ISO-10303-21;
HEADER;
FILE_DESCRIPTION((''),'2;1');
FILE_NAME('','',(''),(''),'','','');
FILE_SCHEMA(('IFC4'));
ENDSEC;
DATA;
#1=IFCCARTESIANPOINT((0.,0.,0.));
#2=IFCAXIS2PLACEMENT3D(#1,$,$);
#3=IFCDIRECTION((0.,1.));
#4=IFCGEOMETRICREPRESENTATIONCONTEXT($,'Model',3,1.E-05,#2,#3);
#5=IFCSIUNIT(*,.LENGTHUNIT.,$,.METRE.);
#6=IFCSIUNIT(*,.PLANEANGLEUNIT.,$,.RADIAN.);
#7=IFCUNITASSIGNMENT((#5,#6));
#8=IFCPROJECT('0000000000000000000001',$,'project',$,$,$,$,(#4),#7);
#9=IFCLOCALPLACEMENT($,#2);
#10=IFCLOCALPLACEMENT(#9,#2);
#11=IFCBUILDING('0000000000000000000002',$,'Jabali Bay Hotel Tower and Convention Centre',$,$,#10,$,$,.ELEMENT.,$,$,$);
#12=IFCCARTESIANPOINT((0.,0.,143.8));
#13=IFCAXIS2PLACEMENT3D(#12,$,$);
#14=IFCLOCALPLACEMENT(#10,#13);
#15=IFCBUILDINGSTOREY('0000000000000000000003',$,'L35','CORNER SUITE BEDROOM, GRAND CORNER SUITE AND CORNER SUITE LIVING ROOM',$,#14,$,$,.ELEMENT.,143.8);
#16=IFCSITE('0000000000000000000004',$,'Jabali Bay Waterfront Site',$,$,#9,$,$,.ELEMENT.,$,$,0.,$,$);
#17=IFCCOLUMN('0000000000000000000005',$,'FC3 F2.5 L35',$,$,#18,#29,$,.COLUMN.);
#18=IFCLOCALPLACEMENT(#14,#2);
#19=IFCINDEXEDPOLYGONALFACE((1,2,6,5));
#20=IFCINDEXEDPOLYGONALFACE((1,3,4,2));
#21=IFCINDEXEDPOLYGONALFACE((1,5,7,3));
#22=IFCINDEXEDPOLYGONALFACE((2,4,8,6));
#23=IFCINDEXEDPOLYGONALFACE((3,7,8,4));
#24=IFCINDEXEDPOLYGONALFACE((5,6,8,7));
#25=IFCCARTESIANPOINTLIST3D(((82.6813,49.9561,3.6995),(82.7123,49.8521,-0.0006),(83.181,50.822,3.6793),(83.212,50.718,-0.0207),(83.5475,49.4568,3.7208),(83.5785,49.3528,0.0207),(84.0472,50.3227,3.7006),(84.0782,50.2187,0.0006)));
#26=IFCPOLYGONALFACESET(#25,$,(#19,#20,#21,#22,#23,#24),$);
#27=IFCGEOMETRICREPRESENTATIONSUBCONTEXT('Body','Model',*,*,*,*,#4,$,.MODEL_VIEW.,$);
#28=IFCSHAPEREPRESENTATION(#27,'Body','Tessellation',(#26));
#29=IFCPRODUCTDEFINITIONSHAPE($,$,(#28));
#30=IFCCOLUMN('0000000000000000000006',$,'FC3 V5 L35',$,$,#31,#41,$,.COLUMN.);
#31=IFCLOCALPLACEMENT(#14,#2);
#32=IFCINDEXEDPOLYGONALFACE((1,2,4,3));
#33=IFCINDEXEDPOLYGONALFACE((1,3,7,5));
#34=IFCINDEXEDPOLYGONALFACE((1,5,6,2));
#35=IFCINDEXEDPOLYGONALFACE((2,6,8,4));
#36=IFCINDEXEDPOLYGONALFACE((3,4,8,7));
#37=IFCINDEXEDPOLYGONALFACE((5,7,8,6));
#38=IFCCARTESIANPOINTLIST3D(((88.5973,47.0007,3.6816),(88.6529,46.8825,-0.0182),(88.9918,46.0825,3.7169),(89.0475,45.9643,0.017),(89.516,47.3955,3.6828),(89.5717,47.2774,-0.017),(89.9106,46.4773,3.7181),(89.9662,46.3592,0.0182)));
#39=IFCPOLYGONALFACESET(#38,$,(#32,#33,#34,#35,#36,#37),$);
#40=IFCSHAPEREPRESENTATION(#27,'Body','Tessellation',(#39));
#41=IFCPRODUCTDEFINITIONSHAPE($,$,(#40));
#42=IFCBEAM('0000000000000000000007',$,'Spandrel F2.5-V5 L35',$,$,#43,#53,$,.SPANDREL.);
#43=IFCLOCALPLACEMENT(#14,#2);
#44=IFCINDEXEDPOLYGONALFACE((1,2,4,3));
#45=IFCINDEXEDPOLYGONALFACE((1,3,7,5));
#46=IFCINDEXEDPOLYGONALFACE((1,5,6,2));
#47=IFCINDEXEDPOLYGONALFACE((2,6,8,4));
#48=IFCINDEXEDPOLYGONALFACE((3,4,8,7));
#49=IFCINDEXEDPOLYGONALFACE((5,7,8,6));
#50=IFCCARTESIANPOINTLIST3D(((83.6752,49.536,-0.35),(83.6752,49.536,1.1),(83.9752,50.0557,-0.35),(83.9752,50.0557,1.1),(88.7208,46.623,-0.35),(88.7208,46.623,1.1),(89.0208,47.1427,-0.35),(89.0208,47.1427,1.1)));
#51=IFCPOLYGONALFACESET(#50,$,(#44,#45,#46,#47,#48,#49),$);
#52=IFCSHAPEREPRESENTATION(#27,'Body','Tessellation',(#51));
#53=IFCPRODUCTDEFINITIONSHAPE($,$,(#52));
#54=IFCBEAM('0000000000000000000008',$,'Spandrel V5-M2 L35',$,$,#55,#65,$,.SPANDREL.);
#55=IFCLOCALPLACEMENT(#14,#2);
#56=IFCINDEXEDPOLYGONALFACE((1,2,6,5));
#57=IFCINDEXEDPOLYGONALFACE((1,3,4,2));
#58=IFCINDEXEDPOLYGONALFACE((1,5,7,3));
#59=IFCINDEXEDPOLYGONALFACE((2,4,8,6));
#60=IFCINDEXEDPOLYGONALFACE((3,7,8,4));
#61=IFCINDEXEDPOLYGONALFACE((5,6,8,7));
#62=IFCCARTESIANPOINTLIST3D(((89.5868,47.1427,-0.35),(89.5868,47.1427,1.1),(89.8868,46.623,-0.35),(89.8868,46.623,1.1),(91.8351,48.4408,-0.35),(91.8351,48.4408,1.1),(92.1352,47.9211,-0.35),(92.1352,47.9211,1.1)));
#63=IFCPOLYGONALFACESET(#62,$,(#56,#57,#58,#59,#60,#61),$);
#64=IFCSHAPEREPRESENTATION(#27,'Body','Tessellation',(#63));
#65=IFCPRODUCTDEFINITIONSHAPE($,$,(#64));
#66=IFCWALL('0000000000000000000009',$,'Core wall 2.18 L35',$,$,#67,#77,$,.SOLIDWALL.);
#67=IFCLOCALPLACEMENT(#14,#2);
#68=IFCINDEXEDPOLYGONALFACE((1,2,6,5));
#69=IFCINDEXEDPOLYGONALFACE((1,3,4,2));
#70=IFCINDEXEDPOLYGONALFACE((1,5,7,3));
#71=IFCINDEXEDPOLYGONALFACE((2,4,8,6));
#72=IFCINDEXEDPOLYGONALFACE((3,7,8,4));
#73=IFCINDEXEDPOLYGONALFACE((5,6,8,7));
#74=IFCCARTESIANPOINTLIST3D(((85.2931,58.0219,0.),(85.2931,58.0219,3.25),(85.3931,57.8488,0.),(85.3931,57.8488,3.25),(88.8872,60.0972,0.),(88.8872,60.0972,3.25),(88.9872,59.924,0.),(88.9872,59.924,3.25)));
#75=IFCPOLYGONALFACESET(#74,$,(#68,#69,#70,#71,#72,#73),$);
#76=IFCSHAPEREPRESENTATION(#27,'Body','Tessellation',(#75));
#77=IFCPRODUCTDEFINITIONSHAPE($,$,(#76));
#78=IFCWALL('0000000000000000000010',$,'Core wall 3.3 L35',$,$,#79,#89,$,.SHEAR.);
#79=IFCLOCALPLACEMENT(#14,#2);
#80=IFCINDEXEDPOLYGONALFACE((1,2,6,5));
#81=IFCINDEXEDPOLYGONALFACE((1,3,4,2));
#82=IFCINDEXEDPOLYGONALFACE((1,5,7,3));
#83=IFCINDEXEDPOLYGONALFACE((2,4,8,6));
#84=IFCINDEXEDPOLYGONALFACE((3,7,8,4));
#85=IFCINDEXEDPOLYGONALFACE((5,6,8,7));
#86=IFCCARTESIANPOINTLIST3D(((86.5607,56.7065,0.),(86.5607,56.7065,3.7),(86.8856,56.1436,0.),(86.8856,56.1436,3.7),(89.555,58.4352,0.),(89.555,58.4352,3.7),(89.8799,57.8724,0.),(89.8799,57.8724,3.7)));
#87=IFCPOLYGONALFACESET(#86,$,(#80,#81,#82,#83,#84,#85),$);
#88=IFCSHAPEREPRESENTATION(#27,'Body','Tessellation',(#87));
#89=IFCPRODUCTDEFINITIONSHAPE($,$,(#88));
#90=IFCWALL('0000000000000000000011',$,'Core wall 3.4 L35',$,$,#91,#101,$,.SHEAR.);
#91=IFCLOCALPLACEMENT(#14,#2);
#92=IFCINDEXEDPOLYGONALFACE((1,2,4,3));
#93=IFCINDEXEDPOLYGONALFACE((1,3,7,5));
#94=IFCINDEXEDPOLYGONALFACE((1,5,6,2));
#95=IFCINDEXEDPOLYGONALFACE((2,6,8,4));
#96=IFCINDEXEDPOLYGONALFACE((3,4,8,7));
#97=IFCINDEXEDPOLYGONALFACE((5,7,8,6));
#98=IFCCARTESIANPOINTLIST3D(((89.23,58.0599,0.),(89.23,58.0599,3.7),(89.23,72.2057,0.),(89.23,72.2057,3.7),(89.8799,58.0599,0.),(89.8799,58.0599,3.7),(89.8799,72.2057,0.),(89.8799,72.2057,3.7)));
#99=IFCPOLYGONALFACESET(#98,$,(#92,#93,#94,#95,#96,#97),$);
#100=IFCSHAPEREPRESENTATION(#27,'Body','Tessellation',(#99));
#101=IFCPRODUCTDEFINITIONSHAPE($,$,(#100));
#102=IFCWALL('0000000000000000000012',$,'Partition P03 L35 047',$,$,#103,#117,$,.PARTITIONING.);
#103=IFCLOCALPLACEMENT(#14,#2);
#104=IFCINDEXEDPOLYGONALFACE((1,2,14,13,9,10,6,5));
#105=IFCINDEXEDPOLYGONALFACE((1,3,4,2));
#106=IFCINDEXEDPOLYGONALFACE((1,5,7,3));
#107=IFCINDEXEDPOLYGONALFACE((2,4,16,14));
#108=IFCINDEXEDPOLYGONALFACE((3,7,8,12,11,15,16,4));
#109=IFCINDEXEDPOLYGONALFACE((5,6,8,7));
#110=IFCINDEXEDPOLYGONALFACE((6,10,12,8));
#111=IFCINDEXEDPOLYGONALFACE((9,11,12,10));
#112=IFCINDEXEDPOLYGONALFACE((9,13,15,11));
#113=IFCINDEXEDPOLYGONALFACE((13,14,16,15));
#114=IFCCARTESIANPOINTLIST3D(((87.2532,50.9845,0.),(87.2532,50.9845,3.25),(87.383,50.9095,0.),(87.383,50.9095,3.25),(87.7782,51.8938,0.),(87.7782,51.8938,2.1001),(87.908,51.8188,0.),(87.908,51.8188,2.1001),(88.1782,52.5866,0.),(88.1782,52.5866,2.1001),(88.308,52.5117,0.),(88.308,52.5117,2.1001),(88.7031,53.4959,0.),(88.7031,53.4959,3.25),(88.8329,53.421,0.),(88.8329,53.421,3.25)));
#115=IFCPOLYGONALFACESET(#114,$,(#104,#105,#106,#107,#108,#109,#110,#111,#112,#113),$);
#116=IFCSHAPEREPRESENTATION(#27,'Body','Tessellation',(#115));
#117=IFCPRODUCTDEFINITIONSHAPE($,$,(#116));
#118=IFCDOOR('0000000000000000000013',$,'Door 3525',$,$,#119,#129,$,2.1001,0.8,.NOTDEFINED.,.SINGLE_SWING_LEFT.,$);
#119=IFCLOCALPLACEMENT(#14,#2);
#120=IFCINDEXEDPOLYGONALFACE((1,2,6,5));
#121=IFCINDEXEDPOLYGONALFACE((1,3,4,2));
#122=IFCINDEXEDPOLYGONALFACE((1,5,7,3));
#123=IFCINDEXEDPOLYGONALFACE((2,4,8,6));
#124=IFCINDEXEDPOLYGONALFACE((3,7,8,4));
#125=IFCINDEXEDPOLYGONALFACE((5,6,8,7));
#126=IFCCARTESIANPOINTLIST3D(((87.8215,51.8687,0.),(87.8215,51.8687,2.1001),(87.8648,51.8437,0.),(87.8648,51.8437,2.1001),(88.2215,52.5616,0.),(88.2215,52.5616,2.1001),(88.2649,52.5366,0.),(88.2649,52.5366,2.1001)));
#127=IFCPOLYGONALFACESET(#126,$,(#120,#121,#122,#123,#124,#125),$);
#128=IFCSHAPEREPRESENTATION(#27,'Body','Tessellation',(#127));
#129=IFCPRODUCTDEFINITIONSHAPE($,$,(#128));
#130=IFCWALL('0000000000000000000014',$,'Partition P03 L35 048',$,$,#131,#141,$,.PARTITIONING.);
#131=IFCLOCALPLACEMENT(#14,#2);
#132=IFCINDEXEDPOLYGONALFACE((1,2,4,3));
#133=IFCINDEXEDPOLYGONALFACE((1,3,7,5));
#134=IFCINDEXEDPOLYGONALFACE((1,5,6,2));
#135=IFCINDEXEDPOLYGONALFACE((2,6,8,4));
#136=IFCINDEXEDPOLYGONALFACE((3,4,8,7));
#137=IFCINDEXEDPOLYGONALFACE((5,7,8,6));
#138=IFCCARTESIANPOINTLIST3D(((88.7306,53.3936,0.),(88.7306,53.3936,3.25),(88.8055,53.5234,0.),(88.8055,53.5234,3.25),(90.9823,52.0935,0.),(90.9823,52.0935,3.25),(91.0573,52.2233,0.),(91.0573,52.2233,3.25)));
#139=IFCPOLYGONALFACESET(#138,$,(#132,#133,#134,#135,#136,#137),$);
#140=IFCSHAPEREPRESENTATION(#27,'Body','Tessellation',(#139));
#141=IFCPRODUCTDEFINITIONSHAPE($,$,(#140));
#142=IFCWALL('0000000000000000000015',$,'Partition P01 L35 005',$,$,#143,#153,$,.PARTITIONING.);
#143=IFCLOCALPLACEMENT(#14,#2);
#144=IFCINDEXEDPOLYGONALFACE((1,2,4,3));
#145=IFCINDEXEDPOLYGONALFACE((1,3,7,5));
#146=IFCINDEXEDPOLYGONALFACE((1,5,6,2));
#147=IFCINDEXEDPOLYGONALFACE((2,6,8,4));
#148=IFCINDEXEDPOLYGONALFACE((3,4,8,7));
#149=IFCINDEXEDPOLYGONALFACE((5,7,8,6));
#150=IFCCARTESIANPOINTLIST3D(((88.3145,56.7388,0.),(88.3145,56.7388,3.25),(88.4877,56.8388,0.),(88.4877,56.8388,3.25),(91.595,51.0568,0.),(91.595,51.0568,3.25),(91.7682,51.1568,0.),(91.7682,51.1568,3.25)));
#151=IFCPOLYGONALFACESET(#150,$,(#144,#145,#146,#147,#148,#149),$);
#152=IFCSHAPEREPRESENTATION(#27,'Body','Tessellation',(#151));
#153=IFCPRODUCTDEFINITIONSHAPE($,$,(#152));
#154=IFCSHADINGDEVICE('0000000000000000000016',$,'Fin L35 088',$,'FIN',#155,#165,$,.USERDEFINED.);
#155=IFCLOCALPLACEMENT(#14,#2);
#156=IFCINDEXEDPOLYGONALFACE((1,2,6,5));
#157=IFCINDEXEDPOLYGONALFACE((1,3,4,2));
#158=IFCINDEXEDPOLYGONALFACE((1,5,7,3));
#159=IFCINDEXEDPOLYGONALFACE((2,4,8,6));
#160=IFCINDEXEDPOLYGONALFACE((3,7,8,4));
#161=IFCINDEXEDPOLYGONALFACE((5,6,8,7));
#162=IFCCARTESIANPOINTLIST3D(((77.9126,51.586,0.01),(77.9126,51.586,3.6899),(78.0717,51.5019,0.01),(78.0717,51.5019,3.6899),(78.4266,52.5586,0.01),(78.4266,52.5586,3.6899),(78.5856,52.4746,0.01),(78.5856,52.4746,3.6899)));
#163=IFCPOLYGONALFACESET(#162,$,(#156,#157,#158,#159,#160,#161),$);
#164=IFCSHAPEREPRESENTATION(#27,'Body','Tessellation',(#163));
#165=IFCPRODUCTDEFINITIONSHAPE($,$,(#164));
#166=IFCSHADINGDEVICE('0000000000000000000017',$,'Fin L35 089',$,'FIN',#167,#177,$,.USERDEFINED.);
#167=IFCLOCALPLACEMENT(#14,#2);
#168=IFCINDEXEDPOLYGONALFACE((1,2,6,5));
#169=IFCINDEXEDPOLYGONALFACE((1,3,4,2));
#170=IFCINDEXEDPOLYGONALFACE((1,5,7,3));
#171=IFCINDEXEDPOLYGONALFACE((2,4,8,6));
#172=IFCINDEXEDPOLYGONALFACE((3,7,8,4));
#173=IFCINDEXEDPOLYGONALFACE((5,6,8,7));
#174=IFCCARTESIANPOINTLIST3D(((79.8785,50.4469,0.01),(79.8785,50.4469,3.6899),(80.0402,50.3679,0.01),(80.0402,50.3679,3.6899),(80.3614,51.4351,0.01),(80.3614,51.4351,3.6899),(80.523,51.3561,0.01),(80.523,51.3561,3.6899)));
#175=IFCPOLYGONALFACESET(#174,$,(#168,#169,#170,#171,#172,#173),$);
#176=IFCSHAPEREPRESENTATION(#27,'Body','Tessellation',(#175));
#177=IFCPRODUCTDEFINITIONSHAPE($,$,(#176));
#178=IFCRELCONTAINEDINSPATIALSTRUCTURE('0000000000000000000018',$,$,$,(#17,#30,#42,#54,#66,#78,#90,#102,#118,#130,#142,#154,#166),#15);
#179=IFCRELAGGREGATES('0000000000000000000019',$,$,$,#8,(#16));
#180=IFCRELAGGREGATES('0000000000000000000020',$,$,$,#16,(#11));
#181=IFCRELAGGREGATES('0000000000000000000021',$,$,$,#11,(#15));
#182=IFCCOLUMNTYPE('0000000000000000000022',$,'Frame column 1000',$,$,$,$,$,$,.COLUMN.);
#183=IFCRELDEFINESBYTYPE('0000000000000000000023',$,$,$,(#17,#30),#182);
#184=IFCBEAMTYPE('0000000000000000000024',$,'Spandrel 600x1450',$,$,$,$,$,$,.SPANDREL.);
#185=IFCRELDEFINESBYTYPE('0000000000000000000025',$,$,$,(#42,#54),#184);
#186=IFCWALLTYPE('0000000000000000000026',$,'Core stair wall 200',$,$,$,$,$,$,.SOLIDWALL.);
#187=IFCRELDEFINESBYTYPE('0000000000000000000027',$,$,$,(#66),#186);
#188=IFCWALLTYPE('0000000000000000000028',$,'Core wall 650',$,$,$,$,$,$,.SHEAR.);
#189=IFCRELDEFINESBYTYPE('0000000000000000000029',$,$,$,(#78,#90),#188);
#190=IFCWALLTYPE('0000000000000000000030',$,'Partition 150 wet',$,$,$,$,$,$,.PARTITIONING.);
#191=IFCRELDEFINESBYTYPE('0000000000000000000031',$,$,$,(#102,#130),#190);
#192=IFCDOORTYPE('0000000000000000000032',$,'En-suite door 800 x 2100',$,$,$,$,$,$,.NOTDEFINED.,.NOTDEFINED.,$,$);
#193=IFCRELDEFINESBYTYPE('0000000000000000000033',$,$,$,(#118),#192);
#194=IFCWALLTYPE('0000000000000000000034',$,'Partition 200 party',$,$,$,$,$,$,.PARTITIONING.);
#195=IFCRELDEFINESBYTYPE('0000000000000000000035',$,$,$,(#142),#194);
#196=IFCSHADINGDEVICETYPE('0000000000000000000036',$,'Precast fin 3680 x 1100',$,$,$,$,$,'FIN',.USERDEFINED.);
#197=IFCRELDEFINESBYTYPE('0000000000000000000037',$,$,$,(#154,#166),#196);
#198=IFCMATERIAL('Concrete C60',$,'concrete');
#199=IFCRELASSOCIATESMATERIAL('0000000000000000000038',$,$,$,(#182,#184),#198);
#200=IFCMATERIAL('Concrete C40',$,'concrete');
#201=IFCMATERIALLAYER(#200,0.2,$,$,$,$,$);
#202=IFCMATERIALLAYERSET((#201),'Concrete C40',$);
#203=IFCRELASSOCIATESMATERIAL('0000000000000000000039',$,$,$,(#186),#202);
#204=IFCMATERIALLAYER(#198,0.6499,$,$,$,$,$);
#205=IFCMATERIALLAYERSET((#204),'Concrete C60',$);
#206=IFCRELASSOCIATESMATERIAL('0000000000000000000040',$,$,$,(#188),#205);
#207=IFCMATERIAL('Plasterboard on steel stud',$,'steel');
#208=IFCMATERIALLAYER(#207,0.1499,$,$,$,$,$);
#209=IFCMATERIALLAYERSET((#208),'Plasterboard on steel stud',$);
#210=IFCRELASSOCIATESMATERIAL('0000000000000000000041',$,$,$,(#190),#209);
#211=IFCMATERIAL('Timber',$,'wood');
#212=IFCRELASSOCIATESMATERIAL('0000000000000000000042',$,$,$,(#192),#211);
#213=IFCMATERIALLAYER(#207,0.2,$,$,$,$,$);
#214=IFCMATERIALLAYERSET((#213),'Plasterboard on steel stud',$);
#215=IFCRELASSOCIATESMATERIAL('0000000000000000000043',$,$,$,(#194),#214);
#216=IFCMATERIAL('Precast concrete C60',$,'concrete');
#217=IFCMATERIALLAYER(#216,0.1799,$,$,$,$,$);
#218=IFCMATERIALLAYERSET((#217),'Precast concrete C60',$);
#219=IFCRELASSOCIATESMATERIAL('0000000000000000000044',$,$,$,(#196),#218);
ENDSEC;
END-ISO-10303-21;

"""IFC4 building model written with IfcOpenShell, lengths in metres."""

from ifc_helpers import new_model, si_unit, direction, frame, frame_2d, origin, origin_2d, place, context, subcontext, project, spatial, rectangle, extrude, material, layer, layer_set, material_profile, profile_set, type_object, element, fill, save


model = new_model("IFC4")

# Units and contexts
model_context = context("Model", 3, precision=1e-05, world=origin(), true_north=direction((0.0, 1.0)))
body_context = subcontext(model_context, "Body", "Model", "MODEL_VIEW")
ifc_project = project(units=[si_unit("LENGTHUNIT", "METRE"), si_unit("PLANEANGLEUNIT", "RADIAN")], contexts=[model_context])

# Site, building, storey
site_placement = place(None, origin())
site = spatial("IfcSite", under=ifc_project, at=site_placement, Name="Jabali Bay Waterfront Site", CompositionType="ELEMENT", RefElevation=0.0)
building_placement = place(site_placement, origin())
building = spatial("IfcBuilding", under=site, at=building_placement, Name="Jabali Bay Hotel Tower and Convention Centre", CompositionType="ELEMENT")
storey_placement = place(building_placement, frame((0.0, 0.0, 143.8)))
storey = spatial("IfcBuildingStorey", under=building, at=storey_placement, Name="L35", Description="CORNER SUITE BEDROOM, GRAND CORNER SUITE AND CORNER SUITE LIVING ROOM", CompositionType="ELEMENT", Elevation=143.8)

# Columns
ifc_material_1 = material(Name="Concrete C60", Category="concrete")
ifc_material_profile_1 = material_profile(ifc_material_1, rectangle(XDim=1.0, YDim=1.0, at=origin_2d()), Name="Frame column 1000")
ifc_profile_set_1 = profile_set([ifc_material_profile_1], Name="Concrete C60")
column_type = type_object("IfcColumnType", Name="Frame column 1000", PredefinedType="COLUMN", material=ifc_profile_set_1)
column_1_placement = place(storey_placement, frame((83.3953, 50.0354, 0.0), z_axis=(-0.008376, 0.028097, 0.99957), x_axis=(-0.499684, -0.865973, 0.020155)))
element("IfcColumn", 1, at=column_1_placement, inside=storey, type_object=column_type, Name="FC3 F2.5 L35", PredefinedType="COLUMN", context=body_context, shape_type="SweptSolid", body=[
    extrude(rectangle(XDim=1.0, YDim=1.0, at=origin_2d()), origin(), (0.0, 0.0, 1.0), 3.7017),
])
column_2_placement = place(storey_placement, frame((89.3096, 46.6208, 0.0), z_axis=(-0.015035, 0.031917, 0.999377), x_axis=(0.394544, -0.9182, 0.03526)))
element("IfcColumn", 2, at=column_2_placement, inside=storey, type_object=column_type, Name="FC3 V5 L35", PredefinedType="COLUMN", context=body_context, shape_type="SweptSolid", body=[
    extrude(rectangle(XDim=1.0, YDim=1.0, at=origin_2d()), origin(), (0.0, 0.0, 1.0), 3.7021),
])

# Beams
ifc_material_profile_2 = material_profile(ifc_material_1, rectangle(XDim=0.6001, YDim=1.45, at=origin_2d()), Name="Spandrel 600x1450")
ifc_profile_set_2 = profile_set([ifc_material_profile_2], Name="Concrete C60")
beam_type = type_object("IfcBeamType", Name="Spandrel 600x1450", PredefinedType="SPANDREL", material=ifc_profile_set_2)
beam_1_placement = place(storey_placement, frame((83.8252, 49.7959, 0.375), z_axis=(0.866027, -0.499997, 0.0), x_axis=(0.499997, 0.866027, 0.0)))
element("IfcBeam", 3, at=beam_1_placement, inside=storey, type_object=beam_type, Name="Spandrel F2.5-V5 L35", PredefinedType="SPANDREL", context=body_context, shape_type="SweptSolid", body=[
    extrude(rectangle(XDim=0.6001, YDim=1.45, at=origin_2d()), origin(), (0.0, 0.0, 1.0), 5.8262),
])
beam_2_placement = place(storey_placement, frame((89.7368, 46.8828, 0.375), z_axis=(0.866018, 0.500013, 0.0), x_axis=(-0.500013, 0.866018, 0.0)))
element("IfcBeam", 4, at=beam_2_placement, inside=storey, type_object=beam_type, Name="Spandrel V5-M2 L35", PredefinedType="SPANDREL", context=body_context, shape_type="SweptSolid", body=[
    extrude(rectangle(XDim=0.6001, YDim=1.45, at=origin_2d()), origin(), (0.0, 0.0, 1.0), 2.5962),
])

# Walls
ifc_material_2 = material(Name="Concrete C40", Category="concrete")
ifc_layer_1 = layer(ifc_material_2, 0.2)
ifc_layer_set_1 = layer_set([ifc_layer_1], Name="Concrete C40")
wall_type_1 = type_object("IfcWallType", Name="Core stair wall 200", PredefinedType="SOLIDWALL", material=ifc_layer_set_1)
wall_1_placement = place(storey_placement, frame((85.343, 57.9353, 0.0), z_axis=(0.0, 0.0, 1.0), x_axis=(0.866004, 0.500036, 0.0)))
element("IfcWall", 5, at=wall_1_placement, inside=storey, type_object=wall_type_1, Name="Core wall 2.18 L35", PredefinedType="SOLIDWALL", context=body_context, shape_type="SweptSolid", body=[
    extrude(rectangle(XDim=4.1501, YDim=0.2, at=frame_2d((2.0752, 0.0))), origin(), (0.0, 0.0, 1.0), 3.25),
])
ifc_layer_2 = layer(ifc_material_1, 0.6499)
ifc_layer_set_2 = layer_set([ifc_layer_2], Name="Concrete C60")
wall_type_2 = type_object("IfcWallType", Name="Core wall 650", PredefinedType="SHEAR", material=ifc_layer_set_2)
wall_2_placement = place(storey_placement, frame((86.7231, 56.425, 0.0), z_axis=(0.0, 0.0, 1.0), x_axis=(0.866032, 0.499989, 0.0)))
element("IfcWall", 6, at=wall_2_placement, inside=storey, type_object=wall_type_2, Name="Core wall 3.3 L35", PredefinedType="SHEAR", context=body_context, shape_type="SweptSolid", body=[
    extrude(rectangle(XDim=3.4575, YDim=0.6499, at=frame_2d((1.7288, 0.0))), origin(), (0.0, 0.0, 1.0), 3.7),
])
wall_3_placement = place(storey_placement, frame((89.5549, 58.0601, 0.0), z_axis=(0.0, 0.0, 1.0), x_axis=(0.0, 1.0, 0.0)))
element("IfcWall", 7, at=wall_3_placement, inside=storey, type_object=wall_type_2, Name="Core wall 3.4 L35", PredefinedType="SHEAR", context=body_context, shape_type="SweptSolid", body=[
    extrude(rectangle(XDim=14.1458, YDim=0.6499, at=frame_2d((7.0728, 0.0))), origin(), (0.0, 0.0, 1.0), 3.7),
])

# Wall, opening, door
ifc_material_3 = material(Name="Plasterboard on steel stud", Category="steel")
ifc_layer_3 = layer(ifc_material_3, 0.1499)
ifc_layer_set_3 = layer_set([ifc_layer_3], Name="Plasterboard on steel stud")
wall_type_3 = type_object("IfcWallType", Name="Partition 150 wet", PredefinedType="PARTITIONING", material=ifc_layer_set_3)
wall_4_placement = place(storey_placement, frame((87.3181, 50.947, 0.0), z_axis=(0.0, 0.0, 1.0), x_axis=(0.499987, 0.866033, 0.0)))
wall_4 = element("IfcWall", 8, at=wall_4_placement, inside=storey, type_object=wall_type_3, Name="Partition P03 L35 047", PredefinedType="PARTITIONING", context=body_context, shape_type="SweptSolid", body=[
    extrude(rectangle(XDim=2.8999, YDim=0.1499, at=frame_2d((1.45, 0.0))), origin(), (0.0, 0.0, 1.0), 3.25),
])
opening_1_placement = place(wall_4_placement, frame((1.05, 0.0, 0.0)))
opening_1 = element("IfcOpeningElement", 9, at=opening_1_placement, cuts=wall_4, PredefinedType="OPENING", context=body_context, shape_type="SweptSolid", body=[
    extrude(rectangle(XDim=0.8, YDim=2.1001, at=frame_2d((0.3999, 1.05))), frame((0.0, 0.0854, 0.0), z_axis=(0.0, -1.0, 0.0), x_axis=(1.0, 0.0, 0.0)), (0.0, 0.0, 1.0), 0.1709),
])
ifc_material_4 = material(Name="Timber", Category="wood")
door_type_1 = type_object("IfcDoorType", Name="En-suite door 800 x 2100", OperationType="NOTDEFINED", PredefinedType="NOTDEFINED", material=ifc_material_4)
door_1_placement = place(opening_1_placement, origin())
door_1 = element("IfcDoor", 10, at=door_1_placement, inside=storey, type_object=door_type_1, Name="Door 3525", OperationType="SINGLE_SWING_LEFT", OverallHeight=2.1001, OverallWidth=0.8, PredefinedType="NOTDEFINED", context=body_context, shape_type="SweptSolid", body=[
    extrude(rectangle(XDim=0.8, YDim=2.1001, at=frame_2d((0.3999, 1.05))), frame((0.0, 0.0249, 0.0), z_axis=(0.0, -1.0, 0.0), x_axis=(1.0, 0.0, 0.0)), (0.0, 0.0, 1.0), 0.05),
])
fill(opening_1, door_1)

# Walls
wall_5_placement = place(storey_placement, frame((88.7681, 53.4585, 0.0), z_axis=(0.0, 0.0, 1.0), x_axis=(0.866021, -0.500007, 0.0)))
element("IfcWall", 11, at=wall_5_placement, inside=storey, type_object=wall_type_3, Name="Partition P03 L35 048", PredefinedType="PARTITIONING", context=body_context, shape_type="SweptSolid", body=[
    extrude(rectangle(XDim=2.6001, YDim=0.1499, at=frame_2d((1.3, 0.0))), origin(), (0.0, 0.0, 1.0), 3.25),
])
ifc_layer_4 = layer(ifc_material_3, 0.2)
ifc_layer_set_4 = layer_set([ifc_layer_4], Name="Plasterboard on steel stud")
wall_type_4 = type_object("IfcWallType", Name="Partition 200 party", PredefinedType="PARTITIONING", material=ifc_layer_set_4)
wall_6_placement = place(storey_placement, frame((88.4011, 56.7888, 0.0), z_axis=(0.0, 0.0, 1.0), x_axis=(0.499993, -0.866029, 0.0)))
element("IfcWall", 12, at=wall_6_placement, inside=storey, type_object=wall_type_4, Name="Partition P01 L35 005", PredefinedType="PARTITIONING", context=body_context, shape_type="SweptSolid", body=[
    extrude(rectangle(XDim=6.561, YDim=0.2, at=frame_2d((3.2805, 0.0))), origin(), (0.0, 0.0, 1.0), 3.25),
])

# Shading devices
ifc_material_5 = material(Name="Precast concrete C60", Category="concrete")
ifc_layer_5 = layer(ifc_material_5, 0.1799)
ifc_layer_set_5 = layer_set([ifc_layer_5], Name="Precast concrete C60")
shading_device_type_1 = type_object("IfcShadingDeviceType", Name="Precast fin 3680 x 1100", ElementType="FIN", PredefinedType="USERDEFINED", material=ifc_layer_set_5)
shading_device_1_placement = place(storey_placement, frame((78.5061, 52.5166, 0.01), z_axis=(0.0, 0.0, 1.0), x_axis=(-0.467164, -0.884171, 0.0)))
element("IfcShadingDevice", 13, at=shading_device_1_placement, inside=storey, type_object=shading_device_type_1, Name="Fin L35 088", ObjectType="FIN", PredefinedType="USERDEFINED", context=body_context, shape_type="SweptSolid", body=[
    extrude(rectangle(XDim=1.1001, YDim=0.1799, at=frame_2d((0.55, 0.0))), origin(), (0.0, 0.0, 1.0), 3.6799),
])
for number, where, z_axis, x_axis, name in (
    (14, (80.4421, 51.3955, 0.01), (0.0, 0.0, 1.0), (-0.439027, -0.898474, 0.0), "Fin L35 089"),
):
    element("IfcShadingDevice", number, at=place(storey_placement, frame(where, z_axis=z_axis, x_axis=x_axis)), inside=storey, type_object=shading_device_type_1, Name=name, ObjectType="FIN", PredefinedType="USERDEFINED", context=body_context, shape_type="SweptSolid", body=[
        extrude(rectangle(XDim=1.0999, YDim=0.1799, at=frame_2d((0.5498, 0.0))), origin(), (0.0, 0.0, 1.0), 3.6799),
    ])

save(model, "model.ifc")
